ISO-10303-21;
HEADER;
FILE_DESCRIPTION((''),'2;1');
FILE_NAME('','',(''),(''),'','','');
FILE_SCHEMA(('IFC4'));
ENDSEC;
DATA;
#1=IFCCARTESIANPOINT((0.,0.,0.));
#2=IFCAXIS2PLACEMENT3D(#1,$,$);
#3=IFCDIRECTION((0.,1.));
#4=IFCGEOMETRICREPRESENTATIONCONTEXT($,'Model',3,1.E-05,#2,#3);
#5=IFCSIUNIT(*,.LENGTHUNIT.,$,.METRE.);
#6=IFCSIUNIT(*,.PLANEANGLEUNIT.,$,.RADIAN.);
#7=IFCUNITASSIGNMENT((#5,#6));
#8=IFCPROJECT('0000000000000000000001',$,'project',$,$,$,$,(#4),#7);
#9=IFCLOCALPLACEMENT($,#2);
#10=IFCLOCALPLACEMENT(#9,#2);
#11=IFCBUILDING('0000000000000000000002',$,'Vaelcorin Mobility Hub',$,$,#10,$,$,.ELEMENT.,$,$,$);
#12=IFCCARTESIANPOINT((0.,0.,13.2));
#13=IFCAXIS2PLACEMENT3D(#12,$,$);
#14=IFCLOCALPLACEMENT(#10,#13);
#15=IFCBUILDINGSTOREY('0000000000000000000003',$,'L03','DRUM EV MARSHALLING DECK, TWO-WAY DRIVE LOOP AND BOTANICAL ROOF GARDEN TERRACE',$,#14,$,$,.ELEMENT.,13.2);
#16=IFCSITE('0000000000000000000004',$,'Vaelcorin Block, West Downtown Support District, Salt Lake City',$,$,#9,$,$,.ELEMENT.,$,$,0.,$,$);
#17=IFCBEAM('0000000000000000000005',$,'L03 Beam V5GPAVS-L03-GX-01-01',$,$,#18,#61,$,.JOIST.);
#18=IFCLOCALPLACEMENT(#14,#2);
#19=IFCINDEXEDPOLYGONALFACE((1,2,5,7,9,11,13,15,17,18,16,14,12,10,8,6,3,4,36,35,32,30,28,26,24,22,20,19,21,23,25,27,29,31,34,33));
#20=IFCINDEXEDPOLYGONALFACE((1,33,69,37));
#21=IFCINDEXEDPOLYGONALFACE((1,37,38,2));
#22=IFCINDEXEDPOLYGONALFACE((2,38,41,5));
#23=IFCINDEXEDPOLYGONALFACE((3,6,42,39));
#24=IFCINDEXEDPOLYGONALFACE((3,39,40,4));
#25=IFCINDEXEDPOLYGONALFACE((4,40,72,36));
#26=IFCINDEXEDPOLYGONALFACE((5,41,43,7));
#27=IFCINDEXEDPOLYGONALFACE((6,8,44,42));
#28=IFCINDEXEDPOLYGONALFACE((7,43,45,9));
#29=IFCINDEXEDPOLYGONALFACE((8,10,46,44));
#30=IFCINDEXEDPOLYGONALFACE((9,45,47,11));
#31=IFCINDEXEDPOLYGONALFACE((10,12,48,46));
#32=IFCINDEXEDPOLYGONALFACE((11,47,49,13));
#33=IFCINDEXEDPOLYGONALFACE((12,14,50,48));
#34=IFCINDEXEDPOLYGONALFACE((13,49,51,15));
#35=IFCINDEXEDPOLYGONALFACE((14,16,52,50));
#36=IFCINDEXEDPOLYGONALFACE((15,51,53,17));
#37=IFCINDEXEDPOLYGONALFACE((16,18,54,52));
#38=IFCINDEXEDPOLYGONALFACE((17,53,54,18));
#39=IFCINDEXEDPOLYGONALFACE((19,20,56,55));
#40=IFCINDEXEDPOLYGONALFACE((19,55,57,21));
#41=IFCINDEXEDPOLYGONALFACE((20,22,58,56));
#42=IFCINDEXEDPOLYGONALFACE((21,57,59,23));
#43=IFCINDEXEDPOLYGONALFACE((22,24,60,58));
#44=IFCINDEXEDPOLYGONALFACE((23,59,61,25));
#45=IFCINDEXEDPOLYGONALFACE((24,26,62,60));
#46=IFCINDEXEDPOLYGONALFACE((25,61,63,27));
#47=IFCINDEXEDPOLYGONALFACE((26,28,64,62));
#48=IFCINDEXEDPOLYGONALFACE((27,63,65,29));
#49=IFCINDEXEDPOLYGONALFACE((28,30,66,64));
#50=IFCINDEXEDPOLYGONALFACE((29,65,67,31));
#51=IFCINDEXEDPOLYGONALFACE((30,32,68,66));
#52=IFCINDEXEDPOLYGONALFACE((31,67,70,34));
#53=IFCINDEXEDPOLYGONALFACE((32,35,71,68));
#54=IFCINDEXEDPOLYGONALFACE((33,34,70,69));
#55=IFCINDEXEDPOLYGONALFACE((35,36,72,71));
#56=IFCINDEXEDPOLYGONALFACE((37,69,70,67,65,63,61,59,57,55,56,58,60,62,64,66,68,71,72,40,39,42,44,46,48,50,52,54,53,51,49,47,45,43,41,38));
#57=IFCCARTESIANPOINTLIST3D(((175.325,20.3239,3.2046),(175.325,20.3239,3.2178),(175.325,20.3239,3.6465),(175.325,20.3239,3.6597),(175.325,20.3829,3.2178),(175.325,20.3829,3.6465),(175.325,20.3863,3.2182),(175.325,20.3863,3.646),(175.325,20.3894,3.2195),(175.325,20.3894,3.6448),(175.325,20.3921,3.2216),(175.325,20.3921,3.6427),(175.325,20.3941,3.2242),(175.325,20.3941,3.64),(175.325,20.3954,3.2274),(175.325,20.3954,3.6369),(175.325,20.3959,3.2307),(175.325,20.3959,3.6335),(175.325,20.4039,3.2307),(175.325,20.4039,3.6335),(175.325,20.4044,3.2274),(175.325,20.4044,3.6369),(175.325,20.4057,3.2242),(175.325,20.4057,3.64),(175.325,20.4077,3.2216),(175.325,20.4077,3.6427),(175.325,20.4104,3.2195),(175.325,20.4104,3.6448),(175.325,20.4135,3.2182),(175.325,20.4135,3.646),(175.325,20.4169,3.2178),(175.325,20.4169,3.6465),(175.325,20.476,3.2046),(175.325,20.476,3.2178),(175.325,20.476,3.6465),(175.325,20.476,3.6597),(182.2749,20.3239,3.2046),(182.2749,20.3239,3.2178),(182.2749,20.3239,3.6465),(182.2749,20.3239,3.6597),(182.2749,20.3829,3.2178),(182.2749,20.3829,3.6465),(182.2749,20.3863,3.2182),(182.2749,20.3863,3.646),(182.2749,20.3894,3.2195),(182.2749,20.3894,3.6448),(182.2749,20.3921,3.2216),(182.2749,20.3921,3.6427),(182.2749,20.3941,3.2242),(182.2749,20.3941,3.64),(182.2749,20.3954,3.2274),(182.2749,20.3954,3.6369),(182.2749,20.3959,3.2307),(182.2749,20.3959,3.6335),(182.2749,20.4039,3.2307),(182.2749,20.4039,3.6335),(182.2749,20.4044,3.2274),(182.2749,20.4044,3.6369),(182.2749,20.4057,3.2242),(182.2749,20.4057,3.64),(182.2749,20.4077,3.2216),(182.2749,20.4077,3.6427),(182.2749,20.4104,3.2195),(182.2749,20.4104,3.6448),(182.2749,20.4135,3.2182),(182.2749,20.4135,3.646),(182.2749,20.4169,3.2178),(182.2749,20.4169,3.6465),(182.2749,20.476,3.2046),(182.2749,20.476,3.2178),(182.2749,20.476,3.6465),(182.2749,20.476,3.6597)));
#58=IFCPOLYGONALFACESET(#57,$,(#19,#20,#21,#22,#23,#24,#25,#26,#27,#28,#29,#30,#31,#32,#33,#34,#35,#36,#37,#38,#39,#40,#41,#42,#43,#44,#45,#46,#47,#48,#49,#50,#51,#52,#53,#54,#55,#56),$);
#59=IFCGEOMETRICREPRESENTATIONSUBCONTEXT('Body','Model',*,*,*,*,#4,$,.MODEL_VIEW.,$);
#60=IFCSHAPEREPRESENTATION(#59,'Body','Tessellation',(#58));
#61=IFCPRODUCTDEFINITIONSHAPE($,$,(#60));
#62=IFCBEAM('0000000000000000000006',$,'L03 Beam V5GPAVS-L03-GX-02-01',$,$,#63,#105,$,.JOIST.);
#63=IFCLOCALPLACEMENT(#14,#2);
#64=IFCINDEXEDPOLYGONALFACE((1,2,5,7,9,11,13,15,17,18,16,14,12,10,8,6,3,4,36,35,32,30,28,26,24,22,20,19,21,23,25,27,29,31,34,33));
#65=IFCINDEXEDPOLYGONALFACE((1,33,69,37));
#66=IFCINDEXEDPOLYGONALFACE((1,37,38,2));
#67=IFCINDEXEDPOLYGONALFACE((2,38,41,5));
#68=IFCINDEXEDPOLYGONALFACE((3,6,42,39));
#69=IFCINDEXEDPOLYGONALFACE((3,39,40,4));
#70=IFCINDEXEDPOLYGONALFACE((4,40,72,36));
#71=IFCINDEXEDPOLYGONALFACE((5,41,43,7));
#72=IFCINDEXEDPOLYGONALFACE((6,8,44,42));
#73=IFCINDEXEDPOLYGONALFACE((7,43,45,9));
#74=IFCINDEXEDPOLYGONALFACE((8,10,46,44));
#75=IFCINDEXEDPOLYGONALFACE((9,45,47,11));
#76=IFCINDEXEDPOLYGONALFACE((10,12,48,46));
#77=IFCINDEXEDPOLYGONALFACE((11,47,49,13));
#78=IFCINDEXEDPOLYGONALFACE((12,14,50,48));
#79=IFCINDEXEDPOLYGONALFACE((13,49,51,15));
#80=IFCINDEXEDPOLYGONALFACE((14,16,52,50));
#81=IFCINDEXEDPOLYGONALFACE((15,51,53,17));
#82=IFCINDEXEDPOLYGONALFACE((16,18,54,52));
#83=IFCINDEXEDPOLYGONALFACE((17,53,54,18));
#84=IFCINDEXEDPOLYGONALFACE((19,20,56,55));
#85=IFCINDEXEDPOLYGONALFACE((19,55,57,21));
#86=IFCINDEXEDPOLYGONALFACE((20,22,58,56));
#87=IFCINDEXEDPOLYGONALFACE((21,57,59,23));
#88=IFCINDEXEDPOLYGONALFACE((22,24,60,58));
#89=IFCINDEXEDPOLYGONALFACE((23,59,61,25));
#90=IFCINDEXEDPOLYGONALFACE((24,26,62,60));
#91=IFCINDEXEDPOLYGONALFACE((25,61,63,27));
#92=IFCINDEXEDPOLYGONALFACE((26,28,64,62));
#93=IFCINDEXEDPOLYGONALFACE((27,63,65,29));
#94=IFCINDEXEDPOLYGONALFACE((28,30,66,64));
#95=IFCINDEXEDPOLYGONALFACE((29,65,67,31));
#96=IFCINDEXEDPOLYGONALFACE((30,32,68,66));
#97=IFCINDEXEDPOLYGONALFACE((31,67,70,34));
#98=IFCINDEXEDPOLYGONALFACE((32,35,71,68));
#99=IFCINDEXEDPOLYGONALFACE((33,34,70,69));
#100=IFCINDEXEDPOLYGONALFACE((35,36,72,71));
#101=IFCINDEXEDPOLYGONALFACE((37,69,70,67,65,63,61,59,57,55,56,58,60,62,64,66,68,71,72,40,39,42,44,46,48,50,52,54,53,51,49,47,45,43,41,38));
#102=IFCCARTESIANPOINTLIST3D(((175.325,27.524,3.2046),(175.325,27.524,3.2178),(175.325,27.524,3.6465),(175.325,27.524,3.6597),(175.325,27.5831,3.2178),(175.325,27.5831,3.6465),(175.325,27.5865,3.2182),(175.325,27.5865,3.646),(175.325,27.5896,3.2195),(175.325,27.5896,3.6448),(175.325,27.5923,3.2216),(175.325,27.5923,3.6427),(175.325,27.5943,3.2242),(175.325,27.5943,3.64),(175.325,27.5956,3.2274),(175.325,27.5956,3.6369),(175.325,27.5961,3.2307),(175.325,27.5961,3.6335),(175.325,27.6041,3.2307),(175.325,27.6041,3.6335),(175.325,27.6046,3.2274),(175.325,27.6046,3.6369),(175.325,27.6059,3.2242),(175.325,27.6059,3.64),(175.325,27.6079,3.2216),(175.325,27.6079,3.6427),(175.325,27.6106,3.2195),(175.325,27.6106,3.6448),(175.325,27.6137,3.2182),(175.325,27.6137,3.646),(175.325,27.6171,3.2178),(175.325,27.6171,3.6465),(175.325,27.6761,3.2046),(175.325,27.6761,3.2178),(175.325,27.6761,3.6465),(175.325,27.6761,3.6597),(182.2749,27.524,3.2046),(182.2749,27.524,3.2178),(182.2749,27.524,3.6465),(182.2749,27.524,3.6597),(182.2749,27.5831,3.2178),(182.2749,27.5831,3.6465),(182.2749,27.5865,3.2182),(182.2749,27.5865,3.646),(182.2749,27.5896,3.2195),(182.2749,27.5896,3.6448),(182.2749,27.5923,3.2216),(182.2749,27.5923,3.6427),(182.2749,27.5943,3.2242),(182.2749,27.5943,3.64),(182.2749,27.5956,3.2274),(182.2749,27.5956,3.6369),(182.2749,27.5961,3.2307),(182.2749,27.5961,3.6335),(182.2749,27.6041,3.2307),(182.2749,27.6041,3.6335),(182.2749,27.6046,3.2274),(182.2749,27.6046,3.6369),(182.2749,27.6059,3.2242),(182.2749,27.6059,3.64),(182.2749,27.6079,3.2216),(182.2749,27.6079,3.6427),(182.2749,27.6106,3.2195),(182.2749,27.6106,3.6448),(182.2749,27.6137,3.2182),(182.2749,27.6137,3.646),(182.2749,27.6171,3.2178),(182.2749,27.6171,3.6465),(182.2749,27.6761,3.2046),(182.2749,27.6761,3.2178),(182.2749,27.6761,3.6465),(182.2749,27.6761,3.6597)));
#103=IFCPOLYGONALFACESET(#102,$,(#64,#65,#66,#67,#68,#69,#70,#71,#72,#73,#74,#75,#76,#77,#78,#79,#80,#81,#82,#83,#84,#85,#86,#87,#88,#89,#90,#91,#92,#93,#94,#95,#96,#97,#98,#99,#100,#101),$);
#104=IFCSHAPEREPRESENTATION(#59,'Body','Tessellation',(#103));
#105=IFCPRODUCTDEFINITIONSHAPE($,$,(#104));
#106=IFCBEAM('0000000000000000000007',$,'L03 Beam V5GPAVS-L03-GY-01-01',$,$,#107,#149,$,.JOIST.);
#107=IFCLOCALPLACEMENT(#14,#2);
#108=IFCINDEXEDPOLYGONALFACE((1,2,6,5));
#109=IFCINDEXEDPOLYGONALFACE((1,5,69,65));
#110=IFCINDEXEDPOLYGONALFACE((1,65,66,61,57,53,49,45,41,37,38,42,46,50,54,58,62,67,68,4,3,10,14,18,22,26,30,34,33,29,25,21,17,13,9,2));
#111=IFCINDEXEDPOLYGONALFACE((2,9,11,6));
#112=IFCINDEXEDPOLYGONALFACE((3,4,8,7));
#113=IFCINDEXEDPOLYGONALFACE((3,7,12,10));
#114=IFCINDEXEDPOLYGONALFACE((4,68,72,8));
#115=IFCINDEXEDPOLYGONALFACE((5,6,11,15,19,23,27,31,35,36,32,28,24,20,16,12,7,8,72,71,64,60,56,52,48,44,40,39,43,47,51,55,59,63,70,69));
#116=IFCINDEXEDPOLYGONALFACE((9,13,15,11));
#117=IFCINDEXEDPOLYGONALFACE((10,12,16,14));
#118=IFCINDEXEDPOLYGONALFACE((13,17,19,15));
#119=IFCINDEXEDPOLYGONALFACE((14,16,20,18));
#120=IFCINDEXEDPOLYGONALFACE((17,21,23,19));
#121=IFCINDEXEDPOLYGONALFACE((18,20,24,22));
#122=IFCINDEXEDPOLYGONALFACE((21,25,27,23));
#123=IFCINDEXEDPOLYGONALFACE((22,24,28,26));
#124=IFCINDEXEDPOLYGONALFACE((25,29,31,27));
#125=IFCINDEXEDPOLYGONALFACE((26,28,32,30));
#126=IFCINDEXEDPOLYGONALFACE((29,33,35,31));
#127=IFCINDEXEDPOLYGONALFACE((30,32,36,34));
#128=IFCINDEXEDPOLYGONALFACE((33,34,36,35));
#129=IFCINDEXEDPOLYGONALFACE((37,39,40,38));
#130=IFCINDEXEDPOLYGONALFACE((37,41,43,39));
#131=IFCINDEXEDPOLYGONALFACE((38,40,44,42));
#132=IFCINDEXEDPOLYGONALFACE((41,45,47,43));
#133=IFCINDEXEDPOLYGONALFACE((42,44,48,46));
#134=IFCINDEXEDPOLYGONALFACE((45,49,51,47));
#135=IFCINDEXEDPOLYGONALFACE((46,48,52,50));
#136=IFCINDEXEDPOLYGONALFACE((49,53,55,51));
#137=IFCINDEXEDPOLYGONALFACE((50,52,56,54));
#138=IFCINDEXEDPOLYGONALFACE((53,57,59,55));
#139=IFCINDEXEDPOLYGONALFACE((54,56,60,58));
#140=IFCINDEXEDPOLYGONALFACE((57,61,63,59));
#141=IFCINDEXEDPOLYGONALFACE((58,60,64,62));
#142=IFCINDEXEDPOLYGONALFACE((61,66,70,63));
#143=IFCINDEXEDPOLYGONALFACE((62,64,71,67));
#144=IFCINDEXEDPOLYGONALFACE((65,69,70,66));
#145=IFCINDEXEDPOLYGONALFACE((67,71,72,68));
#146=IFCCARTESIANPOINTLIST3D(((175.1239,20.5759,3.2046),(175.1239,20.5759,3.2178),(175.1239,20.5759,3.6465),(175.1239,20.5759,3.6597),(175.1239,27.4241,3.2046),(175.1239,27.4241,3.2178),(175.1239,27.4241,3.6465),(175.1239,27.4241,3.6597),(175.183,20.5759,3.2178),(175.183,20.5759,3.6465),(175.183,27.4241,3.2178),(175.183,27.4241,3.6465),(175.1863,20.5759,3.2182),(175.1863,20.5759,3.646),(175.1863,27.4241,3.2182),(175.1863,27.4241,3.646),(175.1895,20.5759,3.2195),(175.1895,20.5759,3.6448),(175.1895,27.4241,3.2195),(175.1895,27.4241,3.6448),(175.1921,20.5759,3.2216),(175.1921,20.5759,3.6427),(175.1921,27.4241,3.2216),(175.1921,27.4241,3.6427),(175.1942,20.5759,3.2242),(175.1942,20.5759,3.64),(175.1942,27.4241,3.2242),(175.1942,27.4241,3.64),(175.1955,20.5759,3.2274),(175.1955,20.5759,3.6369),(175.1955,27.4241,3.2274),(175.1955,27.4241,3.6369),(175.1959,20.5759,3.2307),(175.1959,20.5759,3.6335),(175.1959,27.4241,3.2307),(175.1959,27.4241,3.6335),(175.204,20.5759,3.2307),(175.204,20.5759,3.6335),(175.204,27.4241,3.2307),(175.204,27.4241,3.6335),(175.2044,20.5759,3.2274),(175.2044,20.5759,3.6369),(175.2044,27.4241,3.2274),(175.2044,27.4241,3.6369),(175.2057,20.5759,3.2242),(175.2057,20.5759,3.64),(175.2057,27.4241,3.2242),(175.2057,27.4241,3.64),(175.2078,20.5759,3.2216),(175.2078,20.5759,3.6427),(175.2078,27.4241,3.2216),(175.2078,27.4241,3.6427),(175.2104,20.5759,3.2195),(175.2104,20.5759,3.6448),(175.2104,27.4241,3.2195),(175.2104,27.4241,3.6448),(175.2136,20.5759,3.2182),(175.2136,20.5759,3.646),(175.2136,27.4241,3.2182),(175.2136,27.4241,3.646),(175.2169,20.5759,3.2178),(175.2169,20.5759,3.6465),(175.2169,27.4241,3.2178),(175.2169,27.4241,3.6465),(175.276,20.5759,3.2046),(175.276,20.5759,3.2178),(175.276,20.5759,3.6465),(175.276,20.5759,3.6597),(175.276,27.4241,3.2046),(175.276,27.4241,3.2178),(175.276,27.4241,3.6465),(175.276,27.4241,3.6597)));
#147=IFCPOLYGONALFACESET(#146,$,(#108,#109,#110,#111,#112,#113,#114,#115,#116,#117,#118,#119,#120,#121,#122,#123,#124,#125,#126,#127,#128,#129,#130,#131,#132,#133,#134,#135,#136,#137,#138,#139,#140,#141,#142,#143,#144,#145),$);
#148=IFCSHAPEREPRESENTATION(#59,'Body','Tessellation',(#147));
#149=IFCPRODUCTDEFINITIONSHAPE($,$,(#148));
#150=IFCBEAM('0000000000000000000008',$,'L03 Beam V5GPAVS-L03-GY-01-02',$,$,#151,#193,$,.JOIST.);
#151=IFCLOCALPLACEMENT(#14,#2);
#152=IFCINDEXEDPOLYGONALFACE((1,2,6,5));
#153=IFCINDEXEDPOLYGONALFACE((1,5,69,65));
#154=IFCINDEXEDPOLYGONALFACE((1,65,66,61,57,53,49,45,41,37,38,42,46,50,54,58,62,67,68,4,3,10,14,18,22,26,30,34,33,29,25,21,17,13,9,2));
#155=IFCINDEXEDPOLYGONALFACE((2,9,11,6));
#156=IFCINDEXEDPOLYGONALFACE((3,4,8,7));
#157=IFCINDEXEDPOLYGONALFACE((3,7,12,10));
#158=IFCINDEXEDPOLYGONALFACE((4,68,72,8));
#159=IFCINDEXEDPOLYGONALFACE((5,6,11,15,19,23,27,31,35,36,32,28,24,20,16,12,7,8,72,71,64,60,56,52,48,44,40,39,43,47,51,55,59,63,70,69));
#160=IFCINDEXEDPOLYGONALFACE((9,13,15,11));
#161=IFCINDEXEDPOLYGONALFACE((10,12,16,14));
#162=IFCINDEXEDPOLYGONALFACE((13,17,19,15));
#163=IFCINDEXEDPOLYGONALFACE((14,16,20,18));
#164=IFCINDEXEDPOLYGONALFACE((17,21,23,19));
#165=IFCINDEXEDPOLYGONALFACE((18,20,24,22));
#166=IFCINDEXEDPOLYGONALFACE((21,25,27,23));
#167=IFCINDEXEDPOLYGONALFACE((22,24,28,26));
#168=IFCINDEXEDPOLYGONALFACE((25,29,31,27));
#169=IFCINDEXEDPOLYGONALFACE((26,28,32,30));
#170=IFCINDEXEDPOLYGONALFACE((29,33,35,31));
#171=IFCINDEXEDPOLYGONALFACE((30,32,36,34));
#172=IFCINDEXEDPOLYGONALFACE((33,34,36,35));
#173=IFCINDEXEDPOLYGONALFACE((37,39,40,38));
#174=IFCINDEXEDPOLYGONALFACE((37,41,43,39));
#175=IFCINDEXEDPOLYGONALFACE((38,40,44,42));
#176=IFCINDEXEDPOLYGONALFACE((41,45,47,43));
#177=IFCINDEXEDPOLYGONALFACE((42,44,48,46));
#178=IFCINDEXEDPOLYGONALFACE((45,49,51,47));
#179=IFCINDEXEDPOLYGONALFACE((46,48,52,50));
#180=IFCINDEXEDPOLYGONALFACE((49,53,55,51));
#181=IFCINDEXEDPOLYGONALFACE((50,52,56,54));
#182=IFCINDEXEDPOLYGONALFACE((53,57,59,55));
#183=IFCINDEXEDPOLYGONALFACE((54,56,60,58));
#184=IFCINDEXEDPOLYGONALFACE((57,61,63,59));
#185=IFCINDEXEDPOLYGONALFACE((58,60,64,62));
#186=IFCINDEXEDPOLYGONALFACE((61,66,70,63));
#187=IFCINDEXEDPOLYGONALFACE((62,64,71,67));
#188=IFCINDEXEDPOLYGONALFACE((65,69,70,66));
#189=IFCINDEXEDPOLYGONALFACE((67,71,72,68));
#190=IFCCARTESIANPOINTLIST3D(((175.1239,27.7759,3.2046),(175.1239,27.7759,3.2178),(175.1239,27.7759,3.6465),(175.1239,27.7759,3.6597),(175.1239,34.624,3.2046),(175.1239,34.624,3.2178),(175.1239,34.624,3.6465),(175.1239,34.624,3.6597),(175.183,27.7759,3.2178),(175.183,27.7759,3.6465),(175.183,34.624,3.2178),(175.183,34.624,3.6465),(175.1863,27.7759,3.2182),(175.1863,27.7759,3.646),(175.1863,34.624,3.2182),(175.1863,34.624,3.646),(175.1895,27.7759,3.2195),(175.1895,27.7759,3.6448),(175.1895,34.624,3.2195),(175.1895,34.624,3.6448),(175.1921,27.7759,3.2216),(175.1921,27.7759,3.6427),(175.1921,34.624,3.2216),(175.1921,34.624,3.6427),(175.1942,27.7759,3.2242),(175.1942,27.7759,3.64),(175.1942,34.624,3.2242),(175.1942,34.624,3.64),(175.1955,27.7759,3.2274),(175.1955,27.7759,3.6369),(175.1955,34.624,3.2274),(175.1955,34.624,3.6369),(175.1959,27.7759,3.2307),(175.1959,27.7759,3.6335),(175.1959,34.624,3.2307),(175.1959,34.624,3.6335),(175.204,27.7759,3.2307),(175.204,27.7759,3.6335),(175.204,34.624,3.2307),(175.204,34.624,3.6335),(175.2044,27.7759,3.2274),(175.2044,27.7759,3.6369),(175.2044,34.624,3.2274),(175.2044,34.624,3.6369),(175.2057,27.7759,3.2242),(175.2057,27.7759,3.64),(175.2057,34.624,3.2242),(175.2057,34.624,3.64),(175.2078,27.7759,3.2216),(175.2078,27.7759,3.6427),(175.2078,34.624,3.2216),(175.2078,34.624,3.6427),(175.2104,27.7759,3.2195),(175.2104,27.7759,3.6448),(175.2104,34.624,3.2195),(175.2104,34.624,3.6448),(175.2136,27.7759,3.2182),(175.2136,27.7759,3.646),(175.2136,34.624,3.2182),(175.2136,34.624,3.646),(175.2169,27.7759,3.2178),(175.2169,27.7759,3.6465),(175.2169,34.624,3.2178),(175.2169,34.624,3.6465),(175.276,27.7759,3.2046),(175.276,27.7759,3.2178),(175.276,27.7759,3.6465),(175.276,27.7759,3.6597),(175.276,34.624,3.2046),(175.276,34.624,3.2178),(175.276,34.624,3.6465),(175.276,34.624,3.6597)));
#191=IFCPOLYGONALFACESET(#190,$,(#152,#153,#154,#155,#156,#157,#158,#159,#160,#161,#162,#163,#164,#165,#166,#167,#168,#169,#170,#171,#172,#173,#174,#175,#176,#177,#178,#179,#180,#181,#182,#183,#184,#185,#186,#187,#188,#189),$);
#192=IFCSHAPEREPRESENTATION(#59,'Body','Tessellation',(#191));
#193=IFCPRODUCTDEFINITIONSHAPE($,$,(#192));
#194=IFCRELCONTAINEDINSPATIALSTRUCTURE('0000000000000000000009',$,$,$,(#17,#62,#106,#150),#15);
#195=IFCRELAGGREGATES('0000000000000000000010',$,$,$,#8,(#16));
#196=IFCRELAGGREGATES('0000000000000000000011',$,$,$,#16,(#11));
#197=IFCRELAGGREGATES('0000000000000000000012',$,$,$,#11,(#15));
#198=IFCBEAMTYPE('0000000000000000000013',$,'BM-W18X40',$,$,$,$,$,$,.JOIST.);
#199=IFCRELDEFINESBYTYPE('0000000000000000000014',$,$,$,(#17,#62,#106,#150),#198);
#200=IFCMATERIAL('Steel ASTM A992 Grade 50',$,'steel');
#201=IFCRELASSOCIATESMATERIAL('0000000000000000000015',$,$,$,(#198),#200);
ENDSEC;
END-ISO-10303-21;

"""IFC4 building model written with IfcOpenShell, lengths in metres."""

from ifc_helpers import new_model, si_unit, direction, frame, origin, origin_2d, place, context, subcontext, project, spatial, i_section, extrude, material, material_profile, profile_set, type_object, element, save


model = new_model("IFC4")

# Units and contexts
model_context = context("Model", 3, precision=1e-05, world=origin(), true_north=direction((0.0, 1.0)))
body_context = subcontext(model_context, "Body", "Model", "MODEL_VIEW")
ifc_project = project(units=[si_unit("LENGTHUNIT", "METRE"), si_unit("PLANEANGLEUNIT", "RADIAN")], contexts=[model_context])

# Site, building, storey
site_placement = place(None, origin())
site = spatial("IfcSite", under=ifc_project, at=site_placement, Name="Vaelcorin Block, West Downtown Support District, Salt Lake City", CompositionType="ELEMENT", RefElevation=0.0)
building_placement = place(site_placement, origin())
building = spatial("IfcBuilding", under=site, at=building_placement, Name="Vaelcorin Mobility Hub", CompositionType="ELEMENT")
storey_placement = place(building_placement, frame((0.0, 0.0, 13.2)))
storey = spatial("IfcBuildingStorey", under=building, at=storey_placement, Name="L03", Description="DRUM EV MARSHALLING DECK, TWO-WAY DRIVE LOOP AND BOTANICAL ROOF GARDEN TERRACE", CompositionType="ELEMENT", Elevation=13.2)

# Shared definitions
ifc_material_1 = material(Name="Steel ASTM A992 Grade 50", Category="steel")

# Beams
ifc_material_profile_1 = material_profile(ifc_material_1, i_section(OverallWidth=0.1521, OverallDepth=0.4551, WebThickness=0.0081, FlangeThickness=0.0132, FilletRadius=0.0129, at=origin_2d()), Name="W18X40")
ifc_profile_set_1 = profile_set([ifc_material_profile_1], Name="Steel ASTM A992 Grade 50")
beam_type_1 = type_object("IfcBeamType", Name="BM-W18X40", PredefinedType="JOIST", material=ifc_profile_set_1)
for number, where, z_axis, x_axis, name in (
    (1, (175.325, 20.3999, 3.4321), (1.0, 0.0, 0.0), (0.0, 1.0, 0.0), "L03 Beam V5GPAVS-L03-GX-01-01"),
    (2, (175.325, 27.6001, 3.4321), (1.0, 0.0, 0.0), (0.0, 1.0, 0.0), "L03 Beam V5GPAVS-L03-GX-02-01"),
):
    element("IfcBeam", number, at=place(storey_placement, frame(where, z_axis=z_axis, x_axis=x_axis)), inside=storey, type_object=beam_type_1, Name=name, PredefinedType="JOIST", context=body_context, shape_type="SweptSolid", body=[
        extrude(i_section(OverallWidth=0.1521, OverallDepth=0.4551, WebThickness=0.0081, FlangeThickness=0.0132, FilletRadius=0.0129, at=origin_2d()), origin(), (0.0, 0.0, 1.0), 6.95),
    ])
for number, where, z_axis, x_axis, name in (
    (3, (175.2, 20.5759, 3.4321), (0.0, 1.0, 0.0), (-1.0, 0.0, 0.0), "L03 Beam V5GPAVS-L03-GY-01-01"),
    (4, (175.2, 27.7759, 3.4321), (0.0, 1.0, 0.0), (-1.0, 0.0, 0.0), "L03 Beam V5GPAVS-L03-GY-01-02"),
):
    element("IfcBeam", number, at=place(storey_placement, frame(where, z_axis=z_axis, x_axis=x_axis)), inside=storey, type_object=beam_type_1, Name=name, PredefinedType="JOIST", context=body_context, shape_type="SweptSolid", body=[
        extrude(i_section(OverallWidth=0.1521, OverallDepth=0.4551, WebThickness=0.0081, FlangeThickness=0.0132, FilletRadius=0.0129, at=origin_2d()), origin(), (0.0, 0.0, 1.0), 6.8481),
    ])

save(model, "model.ifc")
